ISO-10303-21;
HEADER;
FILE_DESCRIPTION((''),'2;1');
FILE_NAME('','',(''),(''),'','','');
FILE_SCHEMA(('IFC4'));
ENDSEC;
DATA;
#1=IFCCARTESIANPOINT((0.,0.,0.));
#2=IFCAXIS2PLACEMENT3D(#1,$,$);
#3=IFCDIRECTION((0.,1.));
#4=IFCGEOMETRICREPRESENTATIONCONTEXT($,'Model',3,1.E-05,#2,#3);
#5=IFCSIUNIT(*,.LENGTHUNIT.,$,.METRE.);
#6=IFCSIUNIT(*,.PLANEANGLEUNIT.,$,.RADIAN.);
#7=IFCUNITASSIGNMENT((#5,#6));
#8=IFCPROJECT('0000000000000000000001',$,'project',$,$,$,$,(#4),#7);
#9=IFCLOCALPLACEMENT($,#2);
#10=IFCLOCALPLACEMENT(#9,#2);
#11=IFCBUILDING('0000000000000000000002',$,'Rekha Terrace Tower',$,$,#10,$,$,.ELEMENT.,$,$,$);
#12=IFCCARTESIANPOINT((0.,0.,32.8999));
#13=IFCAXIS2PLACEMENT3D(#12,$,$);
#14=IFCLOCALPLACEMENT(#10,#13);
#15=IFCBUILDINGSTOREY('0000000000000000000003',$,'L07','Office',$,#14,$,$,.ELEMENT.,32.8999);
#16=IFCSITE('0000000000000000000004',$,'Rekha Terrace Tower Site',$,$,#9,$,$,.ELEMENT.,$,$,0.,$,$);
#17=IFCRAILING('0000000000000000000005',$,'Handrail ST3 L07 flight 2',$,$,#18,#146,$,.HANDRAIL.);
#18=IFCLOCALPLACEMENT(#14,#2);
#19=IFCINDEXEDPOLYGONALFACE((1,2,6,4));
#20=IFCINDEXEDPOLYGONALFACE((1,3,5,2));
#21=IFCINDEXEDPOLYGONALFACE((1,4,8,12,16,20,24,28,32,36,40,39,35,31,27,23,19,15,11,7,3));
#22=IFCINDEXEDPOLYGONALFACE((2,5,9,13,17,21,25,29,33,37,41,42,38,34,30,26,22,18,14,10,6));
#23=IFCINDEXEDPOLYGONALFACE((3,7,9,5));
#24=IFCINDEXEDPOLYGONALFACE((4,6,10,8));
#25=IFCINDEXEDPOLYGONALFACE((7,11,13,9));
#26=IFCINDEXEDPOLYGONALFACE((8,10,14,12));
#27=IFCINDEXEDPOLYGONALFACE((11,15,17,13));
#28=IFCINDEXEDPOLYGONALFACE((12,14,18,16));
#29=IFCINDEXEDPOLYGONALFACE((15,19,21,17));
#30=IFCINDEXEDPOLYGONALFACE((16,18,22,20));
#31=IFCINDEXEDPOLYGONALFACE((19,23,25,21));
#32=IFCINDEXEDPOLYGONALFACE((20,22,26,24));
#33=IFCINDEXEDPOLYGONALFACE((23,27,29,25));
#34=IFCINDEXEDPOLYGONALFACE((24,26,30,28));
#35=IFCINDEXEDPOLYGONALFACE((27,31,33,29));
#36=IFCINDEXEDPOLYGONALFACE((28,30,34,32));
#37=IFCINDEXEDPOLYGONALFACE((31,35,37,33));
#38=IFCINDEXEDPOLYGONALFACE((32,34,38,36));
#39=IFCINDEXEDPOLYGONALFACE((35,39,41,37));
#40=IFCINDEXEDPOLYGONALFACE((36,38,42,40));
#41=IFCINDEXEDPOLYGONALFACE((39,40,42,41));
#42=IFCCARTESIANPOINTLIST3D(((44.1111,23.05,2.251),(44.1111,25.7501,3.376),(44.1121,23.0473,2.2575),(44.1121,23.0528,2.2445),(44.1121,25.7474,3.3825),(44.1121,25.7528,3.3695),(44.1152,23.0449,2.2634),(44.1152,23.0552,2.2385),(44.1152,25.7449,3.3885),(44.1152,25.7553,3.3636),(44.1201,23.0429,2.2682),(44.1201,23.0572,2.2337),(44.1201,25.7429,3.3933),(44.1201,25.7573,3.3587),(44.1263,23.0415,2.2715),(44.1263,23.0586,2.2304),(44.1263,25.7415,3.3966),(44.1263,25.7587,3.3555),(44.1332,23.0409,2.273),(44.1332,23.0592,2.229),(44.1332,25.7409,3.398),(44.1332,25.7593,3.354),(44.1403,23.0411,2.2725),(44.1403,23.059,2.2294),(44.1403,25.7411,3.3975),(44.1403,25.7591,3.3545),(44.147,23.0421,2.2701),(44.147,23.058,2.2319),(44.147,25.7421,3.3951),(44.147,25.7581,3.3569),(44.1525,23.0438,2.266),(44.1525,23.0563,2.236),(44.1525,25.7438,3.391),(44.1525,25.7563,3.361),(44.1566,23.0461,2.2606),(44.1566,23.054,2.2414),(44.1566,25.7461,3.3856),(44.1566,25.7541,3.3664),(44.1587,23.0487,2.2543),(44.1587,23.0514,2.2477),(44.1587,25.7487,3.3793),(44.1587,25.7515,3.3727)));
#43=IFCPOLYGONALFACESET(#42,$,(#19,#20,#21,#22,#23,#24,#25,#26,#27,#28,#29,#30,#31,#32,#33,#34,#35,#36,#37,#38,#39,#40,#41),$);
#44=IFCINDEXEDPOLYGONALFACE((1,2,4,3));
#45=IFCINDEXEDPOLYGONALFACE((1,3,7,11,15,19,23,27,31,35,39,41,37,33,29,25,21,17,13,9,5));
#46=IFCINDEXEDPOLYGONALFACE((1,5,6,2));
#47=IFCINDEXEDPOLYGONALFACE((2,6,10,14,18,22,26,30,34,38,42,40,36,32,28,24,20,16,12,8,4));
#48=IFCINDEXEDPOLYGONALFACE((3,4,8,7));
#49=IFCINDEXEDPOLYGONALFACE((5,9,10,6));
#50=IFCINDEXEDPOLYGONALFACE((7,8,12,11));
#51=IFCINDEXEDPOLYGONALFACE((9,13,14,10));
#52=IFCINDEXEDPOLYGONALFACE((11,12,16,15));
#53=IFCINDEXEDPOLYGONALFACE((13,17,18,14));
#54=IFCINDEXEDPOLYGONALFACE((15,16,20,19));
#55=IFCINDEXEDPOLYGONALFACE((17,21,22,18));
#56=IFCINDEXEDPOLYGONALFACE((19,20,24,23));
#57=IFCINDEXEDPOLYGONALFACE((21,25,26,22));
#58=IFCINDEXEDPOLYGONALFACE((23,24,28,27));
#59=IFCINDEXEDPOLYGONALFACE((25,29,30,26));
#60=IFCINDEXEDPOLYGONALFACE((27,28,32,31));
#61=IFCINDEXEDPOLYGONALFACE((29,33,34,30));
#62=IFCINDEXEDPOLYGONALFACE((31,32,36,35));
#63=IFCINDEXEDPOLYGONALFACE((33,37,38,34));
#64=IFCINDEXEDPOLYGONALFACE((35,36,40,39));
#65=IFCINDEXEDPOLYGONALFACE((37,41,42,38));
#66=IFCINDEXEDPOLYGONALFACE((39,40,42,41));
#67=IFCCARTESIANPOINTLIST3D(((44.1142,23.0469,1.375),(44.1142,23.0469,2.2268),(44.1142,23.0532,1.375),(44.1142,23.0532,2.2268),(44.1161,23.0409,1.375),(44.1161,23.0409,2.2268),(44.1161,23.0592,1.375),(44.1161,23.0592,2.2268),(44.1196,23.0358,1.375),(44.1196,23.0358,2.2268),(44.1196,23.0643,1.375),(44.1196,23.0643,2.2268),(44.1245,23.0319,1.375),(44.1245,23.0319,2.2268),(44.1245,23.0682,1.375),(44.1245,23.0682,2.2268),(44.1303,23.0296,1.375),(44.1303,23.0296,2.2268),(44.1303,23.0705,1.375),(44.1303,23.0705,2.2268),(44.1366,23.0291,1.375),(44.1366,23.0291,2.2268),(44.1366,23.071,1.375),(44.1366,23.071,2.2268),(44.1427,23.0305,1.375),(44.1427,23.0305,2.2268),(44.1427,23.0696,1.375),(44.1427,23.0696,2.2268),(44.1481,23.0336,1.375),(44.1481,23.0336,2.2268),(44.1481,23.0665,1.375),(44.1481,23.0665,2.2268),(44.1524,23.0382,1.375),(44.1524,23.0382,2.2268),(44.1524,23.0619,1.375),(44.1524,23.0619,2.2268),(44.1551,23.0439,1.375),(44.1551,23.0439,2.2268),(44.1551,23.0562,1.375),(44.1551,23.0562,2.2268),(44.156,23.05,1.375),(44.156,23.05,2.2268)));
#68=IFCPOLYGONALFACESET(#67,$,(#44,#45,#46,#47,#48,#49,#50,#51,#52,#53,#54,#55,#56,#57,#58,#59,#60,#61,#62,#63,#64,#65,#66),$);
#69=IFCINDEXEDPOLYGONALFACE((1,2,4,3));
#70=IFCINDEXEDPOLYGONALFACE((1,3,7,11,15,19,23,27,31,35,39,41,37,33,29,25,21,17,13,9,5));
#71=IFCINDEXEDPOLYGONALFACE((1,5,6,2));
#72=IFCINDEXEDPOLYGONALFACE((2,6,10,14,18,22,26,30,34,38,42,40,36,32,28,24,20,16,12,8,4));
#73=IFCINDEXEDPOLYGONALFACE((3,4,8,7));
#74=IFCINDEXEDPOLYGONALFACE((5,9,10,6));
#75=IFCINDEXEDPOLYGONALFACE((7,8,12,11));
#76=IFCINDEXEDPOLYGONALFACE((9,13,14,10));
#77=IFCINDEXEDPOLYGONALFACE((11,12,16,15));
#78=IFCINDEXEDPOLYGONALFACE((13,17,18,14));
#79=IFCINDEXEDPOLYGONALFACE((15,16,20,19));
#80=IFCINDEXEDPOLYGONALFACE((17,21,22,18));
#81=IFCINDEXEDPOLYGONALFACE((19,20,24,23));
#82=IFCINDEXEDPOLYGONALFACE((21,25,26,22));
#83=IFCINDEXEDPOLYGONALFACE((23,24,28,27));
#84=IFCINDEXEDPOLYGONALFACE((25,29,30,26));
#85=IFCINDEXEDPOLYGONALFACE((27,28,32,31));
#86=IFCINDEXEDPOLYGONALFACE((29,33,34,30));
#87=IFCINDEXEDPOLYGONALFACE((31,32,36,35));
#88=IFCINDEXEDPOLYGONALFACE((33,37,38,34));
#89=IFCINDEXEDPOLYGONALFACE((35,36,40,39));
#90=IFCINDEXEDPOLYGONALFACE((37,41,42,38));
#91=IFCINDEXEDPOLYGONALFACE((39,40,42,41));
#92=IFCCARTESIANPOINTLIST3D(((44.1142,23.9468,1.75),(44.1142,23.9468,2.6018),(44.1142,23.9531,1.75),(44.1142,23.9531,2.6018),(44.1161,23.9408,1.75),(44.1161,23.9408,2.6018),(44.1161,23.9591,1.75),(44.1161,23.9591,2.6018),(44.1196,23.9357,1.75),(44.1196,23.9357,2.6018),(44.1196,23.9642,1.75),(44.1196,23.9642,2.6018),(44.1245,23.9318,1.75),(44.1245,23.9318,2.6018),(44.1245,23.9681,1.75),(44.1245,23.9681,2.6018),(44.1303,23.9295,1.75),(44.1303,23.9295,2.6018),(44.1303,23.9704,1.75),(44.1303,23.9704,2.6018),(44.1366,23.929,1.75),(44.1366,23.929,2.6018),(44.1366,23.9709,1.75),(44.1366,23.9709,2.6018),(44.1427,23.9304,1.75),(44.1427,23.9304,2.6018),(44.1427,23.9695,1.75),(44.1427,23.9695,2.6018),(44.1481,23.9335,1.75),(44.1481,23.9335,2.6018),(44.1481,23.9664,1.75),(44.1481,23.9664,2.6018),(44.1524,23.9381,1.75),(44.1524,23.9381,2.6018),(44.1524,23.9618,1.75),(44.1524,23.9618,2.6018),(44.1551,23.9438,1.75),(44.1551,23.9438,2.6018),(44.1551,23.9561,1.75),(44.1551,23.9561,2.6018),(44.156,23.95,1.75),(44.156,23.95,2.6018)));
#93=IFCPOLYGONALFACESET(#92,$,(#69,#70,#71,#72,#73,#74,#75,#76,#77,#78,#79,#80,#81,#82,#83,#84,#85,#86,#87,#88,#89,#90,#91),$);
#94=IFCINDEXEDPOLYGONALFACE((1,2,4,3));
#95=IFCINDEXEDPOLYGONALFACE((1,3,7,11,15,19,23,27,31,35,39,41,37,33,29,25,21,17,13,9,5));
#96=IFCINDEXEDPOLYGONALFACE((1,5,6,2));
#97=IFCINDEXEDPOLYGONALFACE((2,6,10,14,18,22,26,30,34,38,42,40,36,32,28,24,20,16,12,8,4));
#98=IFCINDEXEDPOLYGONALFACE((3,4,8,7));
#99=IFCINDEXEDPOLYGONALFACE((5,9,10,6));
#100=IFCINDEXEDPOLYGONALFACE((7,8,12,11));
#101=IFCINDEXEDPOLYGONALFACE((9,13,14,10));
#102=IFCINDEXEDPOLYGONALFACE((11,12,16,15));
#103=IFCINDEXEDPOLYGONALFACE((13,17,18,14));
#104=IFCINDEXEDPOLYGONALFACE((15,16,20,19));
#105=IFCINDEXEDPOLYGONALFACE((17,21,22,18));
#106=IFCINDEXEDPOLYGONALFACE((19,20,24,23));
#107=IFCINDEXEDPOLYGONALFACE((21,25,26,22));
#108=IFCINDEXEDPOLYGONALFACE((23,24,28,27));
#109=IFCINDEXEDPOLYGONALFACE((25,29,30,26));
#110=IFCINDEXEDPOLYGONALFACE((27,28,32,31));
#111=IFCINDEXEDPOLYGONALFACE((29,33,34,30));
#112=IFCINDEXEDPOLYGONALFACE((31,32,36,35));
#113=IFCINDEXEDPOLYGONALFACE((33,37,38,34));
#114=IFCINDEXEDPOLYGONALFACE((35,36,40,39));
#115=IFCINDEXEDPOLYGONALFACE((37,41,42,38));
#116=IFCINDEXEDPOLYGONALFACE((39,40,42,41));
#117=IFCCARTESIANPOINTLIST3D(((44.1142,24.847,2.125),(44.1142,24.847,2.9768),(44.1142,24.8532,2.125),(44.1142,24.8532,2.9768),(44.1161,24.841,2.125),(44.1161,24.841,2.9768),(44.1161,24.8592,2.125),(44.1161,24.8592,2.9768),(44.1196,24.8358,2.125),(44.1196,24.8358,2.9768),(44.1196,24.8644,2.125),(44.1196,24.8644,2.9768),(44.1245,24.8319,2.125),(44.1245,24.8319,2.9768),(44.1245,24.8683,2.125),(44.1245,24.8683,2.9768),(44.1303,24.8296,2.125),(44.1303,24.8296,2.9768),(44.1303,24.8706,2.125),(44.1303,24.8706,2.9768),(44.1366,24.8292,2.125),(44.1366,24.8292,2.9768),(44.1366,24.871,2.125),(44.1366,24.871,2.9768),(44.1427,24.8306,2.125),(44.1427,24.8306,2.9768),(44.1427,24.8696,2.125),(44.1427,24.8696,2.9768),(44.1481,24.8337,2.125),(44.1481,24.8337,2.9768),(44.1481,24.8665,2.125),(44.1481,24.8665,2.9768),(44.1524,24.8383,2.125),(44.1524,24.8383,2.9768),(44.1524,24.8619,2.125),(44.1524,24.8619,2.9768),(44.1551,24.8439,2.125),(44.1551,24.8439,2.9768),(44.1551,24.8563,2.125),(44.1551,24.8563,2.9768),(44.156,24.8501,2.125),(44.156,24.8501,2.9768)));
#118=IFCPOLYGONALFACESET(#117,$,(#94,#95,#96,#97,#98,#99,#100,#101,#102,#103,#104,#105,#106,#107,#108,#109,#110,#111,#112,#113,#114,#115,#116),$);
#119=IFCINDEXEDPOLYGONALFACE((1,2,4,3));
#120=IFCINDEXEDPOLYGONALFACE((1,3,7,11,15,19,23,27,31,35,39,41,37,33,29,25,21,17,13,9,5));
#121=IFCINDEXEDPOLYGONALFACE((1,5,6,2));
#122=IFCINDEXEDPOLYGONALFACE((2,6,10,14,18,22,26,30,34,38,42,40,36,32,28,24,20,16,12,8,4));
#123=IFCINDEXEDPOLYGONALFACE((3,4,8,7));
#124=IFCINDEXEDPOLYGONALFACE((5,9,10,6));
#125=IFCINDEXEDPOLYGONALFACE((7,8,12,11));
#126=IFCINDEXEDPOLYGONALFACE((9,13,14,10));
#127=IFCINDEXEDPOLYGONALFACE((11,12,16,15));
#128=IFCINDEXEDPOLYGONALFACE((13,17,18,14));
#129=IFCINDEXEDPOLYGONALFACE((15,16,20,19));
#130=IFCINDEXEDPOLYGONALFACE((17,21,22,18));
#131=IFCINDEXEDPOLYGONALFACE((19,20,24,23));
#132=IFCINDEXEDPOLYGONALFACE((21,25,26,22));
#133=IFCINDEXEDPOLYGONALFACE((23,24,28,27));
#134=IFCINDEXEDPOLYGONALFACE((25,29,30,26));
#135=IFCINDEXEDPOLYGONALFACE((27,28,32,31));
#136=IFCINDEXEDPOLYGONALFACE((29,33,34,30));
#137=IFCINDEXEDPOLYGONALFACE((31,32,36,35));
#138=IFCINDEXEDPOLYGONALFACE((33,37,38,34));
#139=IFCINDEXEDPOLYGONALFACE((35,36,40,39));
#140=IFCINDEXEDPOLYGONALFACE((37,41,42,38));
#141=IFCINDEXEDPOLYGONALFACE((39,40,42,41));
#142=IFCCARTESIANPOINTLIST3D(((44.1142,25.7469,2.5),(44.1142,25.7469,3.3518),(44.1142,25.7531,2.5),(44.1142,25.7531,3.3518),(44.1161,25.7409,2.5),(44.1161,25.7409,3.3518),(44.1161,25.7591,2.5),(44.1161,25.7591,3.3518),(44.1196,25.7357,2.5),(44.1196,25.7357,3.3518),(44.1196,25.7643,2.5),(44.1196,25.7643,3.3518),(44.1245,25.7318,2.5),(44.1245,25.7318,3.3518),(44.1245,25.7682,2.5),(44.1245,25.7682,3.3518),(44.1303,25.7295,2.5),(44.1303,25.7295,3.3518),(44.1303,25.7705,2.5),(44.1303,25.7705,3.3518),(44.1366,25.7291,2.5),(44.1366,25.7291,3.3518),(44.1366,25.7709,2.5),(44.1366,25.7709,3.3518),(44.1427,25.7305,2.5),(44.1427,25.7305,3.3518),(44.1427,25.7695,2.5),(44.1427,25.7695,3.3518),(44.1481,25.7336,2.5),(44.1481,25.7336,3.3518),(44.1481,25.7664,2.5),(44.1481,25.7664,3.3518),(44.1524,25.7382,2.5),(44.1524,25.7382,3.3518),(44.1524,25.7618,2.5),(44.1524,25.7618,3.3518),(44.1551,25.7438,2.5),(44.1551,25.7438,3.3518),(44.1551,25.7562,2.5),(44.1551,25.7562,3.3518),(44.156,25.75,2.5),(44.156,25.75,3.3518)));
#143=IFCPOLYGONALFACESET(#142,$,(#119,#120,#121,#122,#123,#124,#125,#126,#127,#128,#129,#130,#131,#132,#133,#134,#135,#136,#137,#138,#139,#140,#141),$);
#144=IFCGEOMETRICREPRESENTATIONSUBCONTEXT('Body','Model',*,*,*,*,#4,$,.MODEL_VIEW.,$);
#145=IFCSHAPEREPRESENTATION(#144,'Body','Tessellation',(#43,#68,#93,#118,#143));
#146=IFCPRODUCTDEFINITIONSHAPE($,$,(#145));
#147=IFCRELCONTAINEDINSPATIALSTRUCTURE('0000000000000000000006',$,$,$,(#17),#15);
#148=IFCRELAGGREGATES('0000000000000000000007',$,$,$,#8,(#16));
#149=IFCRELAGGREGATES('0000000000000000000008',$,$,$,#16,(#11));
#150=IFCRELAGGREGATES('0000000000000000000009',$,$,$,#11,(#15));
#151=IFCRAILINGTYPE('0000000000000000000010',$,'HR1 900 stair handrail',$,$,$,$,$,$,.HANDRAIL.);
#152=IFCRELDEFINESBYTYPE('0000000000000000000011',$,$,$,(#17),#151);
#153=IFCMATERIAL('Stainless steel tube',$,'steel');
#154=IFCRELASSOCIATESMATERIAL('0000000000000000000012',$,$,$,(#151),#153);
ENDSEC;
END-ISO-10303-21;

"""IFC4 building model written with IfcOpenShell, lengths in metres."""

from ifc_helpers import new_model, si_unit, direction, frame, origin, origin_2d, place, context, subcontext, project, spatial, circle, extrude, material, type_object, element, save


model = new_model("IFC4")

# Units and contexts
model_context = context("Model", 3, precision=1e-05, world=origin(), true_north=direction((0.0, 1.0)))
body_context = subcontext(model_context, "Body", "Model", "MODEL_VIEW")
ifc_project = project(units=[si_unit("LENGTHUNIT", "METRE"), si_unit("PLANEANGLEUNIT", "RADIAN")], contexts=[model_context])

# Site, building, storey
site_placement = place(None, origin())
site = spatial("IfcSite", under=ifc_project, at=site_placement, Name="Rekha Terrace Tower Site", CompositionType="ELEMENT", RefElevation=0.0)
building_placement = place(site_placement, origin())
building = spatial("IfcBuilding", under=site, at=building_placement, Name="Rekha Terrace Tower", CompositionType="ELEMENT")
storey_placement = place(building_placement, frame((0.0, 0.0, 32.8999)))
storey = spatial("IfcBuildingStorey", under=building, at=storey_placement, Name="L07", Description="Office", CompositionType="ELEMENT", Elevation=32.8999)

# Railing
ifc_material_1 = material(Name="Stainless steel tube", Category="steel")
railing_type_1 = type_object("IfcRailingType", Name="HR1 900 stair handrail", PredefinedType="HANDRAIL", material=ifc_material_1)
railing_1_placement = place(storey_placement, frame((44.135, 23.05, 1.375)))
element("IfcRailing", 1, at=railing_1_placement, inside=storey, type_object=railing_type_1, Name="Handrail ST3 L07 flight 2", PredefinedType="HANDRAIL", context=body_context, shape_type="SweptSolid", body=[
    extrude(circle(Radius=0.0239, at=origin_2d()), frame((0.0, 0.0, 0.876), z_axis=(0.0, 0.923074, 0.384621), x_axis=(-1.0, 0.0, 0.0)), (0.0, 0.0, 1.0), 2.925),
    extrude(circle(Radius=0.021, at=origin_2d()), origin(), (0.0, 0.0, 1.0), 0.8518),
    extrude(circle(Radius=0.021, at=origin_2d()), frame((0.0, 0.8999, 0.375)), (0.0, 0.0, 1.0), 0.8518),
    extrude(circle(Radius=0.021, at=origin_2d()), frame((0.0, 1.8, 0.75)), (0.0, 0.0, 1.0), 0.8518),
    extrude(circle(Radius=0.021, at=origin_2d()), frame((0.0, 2.7, 1.125)), (0.0, 0.0, 1.0), 0.8518),
])

save(model, "model.ifc")
